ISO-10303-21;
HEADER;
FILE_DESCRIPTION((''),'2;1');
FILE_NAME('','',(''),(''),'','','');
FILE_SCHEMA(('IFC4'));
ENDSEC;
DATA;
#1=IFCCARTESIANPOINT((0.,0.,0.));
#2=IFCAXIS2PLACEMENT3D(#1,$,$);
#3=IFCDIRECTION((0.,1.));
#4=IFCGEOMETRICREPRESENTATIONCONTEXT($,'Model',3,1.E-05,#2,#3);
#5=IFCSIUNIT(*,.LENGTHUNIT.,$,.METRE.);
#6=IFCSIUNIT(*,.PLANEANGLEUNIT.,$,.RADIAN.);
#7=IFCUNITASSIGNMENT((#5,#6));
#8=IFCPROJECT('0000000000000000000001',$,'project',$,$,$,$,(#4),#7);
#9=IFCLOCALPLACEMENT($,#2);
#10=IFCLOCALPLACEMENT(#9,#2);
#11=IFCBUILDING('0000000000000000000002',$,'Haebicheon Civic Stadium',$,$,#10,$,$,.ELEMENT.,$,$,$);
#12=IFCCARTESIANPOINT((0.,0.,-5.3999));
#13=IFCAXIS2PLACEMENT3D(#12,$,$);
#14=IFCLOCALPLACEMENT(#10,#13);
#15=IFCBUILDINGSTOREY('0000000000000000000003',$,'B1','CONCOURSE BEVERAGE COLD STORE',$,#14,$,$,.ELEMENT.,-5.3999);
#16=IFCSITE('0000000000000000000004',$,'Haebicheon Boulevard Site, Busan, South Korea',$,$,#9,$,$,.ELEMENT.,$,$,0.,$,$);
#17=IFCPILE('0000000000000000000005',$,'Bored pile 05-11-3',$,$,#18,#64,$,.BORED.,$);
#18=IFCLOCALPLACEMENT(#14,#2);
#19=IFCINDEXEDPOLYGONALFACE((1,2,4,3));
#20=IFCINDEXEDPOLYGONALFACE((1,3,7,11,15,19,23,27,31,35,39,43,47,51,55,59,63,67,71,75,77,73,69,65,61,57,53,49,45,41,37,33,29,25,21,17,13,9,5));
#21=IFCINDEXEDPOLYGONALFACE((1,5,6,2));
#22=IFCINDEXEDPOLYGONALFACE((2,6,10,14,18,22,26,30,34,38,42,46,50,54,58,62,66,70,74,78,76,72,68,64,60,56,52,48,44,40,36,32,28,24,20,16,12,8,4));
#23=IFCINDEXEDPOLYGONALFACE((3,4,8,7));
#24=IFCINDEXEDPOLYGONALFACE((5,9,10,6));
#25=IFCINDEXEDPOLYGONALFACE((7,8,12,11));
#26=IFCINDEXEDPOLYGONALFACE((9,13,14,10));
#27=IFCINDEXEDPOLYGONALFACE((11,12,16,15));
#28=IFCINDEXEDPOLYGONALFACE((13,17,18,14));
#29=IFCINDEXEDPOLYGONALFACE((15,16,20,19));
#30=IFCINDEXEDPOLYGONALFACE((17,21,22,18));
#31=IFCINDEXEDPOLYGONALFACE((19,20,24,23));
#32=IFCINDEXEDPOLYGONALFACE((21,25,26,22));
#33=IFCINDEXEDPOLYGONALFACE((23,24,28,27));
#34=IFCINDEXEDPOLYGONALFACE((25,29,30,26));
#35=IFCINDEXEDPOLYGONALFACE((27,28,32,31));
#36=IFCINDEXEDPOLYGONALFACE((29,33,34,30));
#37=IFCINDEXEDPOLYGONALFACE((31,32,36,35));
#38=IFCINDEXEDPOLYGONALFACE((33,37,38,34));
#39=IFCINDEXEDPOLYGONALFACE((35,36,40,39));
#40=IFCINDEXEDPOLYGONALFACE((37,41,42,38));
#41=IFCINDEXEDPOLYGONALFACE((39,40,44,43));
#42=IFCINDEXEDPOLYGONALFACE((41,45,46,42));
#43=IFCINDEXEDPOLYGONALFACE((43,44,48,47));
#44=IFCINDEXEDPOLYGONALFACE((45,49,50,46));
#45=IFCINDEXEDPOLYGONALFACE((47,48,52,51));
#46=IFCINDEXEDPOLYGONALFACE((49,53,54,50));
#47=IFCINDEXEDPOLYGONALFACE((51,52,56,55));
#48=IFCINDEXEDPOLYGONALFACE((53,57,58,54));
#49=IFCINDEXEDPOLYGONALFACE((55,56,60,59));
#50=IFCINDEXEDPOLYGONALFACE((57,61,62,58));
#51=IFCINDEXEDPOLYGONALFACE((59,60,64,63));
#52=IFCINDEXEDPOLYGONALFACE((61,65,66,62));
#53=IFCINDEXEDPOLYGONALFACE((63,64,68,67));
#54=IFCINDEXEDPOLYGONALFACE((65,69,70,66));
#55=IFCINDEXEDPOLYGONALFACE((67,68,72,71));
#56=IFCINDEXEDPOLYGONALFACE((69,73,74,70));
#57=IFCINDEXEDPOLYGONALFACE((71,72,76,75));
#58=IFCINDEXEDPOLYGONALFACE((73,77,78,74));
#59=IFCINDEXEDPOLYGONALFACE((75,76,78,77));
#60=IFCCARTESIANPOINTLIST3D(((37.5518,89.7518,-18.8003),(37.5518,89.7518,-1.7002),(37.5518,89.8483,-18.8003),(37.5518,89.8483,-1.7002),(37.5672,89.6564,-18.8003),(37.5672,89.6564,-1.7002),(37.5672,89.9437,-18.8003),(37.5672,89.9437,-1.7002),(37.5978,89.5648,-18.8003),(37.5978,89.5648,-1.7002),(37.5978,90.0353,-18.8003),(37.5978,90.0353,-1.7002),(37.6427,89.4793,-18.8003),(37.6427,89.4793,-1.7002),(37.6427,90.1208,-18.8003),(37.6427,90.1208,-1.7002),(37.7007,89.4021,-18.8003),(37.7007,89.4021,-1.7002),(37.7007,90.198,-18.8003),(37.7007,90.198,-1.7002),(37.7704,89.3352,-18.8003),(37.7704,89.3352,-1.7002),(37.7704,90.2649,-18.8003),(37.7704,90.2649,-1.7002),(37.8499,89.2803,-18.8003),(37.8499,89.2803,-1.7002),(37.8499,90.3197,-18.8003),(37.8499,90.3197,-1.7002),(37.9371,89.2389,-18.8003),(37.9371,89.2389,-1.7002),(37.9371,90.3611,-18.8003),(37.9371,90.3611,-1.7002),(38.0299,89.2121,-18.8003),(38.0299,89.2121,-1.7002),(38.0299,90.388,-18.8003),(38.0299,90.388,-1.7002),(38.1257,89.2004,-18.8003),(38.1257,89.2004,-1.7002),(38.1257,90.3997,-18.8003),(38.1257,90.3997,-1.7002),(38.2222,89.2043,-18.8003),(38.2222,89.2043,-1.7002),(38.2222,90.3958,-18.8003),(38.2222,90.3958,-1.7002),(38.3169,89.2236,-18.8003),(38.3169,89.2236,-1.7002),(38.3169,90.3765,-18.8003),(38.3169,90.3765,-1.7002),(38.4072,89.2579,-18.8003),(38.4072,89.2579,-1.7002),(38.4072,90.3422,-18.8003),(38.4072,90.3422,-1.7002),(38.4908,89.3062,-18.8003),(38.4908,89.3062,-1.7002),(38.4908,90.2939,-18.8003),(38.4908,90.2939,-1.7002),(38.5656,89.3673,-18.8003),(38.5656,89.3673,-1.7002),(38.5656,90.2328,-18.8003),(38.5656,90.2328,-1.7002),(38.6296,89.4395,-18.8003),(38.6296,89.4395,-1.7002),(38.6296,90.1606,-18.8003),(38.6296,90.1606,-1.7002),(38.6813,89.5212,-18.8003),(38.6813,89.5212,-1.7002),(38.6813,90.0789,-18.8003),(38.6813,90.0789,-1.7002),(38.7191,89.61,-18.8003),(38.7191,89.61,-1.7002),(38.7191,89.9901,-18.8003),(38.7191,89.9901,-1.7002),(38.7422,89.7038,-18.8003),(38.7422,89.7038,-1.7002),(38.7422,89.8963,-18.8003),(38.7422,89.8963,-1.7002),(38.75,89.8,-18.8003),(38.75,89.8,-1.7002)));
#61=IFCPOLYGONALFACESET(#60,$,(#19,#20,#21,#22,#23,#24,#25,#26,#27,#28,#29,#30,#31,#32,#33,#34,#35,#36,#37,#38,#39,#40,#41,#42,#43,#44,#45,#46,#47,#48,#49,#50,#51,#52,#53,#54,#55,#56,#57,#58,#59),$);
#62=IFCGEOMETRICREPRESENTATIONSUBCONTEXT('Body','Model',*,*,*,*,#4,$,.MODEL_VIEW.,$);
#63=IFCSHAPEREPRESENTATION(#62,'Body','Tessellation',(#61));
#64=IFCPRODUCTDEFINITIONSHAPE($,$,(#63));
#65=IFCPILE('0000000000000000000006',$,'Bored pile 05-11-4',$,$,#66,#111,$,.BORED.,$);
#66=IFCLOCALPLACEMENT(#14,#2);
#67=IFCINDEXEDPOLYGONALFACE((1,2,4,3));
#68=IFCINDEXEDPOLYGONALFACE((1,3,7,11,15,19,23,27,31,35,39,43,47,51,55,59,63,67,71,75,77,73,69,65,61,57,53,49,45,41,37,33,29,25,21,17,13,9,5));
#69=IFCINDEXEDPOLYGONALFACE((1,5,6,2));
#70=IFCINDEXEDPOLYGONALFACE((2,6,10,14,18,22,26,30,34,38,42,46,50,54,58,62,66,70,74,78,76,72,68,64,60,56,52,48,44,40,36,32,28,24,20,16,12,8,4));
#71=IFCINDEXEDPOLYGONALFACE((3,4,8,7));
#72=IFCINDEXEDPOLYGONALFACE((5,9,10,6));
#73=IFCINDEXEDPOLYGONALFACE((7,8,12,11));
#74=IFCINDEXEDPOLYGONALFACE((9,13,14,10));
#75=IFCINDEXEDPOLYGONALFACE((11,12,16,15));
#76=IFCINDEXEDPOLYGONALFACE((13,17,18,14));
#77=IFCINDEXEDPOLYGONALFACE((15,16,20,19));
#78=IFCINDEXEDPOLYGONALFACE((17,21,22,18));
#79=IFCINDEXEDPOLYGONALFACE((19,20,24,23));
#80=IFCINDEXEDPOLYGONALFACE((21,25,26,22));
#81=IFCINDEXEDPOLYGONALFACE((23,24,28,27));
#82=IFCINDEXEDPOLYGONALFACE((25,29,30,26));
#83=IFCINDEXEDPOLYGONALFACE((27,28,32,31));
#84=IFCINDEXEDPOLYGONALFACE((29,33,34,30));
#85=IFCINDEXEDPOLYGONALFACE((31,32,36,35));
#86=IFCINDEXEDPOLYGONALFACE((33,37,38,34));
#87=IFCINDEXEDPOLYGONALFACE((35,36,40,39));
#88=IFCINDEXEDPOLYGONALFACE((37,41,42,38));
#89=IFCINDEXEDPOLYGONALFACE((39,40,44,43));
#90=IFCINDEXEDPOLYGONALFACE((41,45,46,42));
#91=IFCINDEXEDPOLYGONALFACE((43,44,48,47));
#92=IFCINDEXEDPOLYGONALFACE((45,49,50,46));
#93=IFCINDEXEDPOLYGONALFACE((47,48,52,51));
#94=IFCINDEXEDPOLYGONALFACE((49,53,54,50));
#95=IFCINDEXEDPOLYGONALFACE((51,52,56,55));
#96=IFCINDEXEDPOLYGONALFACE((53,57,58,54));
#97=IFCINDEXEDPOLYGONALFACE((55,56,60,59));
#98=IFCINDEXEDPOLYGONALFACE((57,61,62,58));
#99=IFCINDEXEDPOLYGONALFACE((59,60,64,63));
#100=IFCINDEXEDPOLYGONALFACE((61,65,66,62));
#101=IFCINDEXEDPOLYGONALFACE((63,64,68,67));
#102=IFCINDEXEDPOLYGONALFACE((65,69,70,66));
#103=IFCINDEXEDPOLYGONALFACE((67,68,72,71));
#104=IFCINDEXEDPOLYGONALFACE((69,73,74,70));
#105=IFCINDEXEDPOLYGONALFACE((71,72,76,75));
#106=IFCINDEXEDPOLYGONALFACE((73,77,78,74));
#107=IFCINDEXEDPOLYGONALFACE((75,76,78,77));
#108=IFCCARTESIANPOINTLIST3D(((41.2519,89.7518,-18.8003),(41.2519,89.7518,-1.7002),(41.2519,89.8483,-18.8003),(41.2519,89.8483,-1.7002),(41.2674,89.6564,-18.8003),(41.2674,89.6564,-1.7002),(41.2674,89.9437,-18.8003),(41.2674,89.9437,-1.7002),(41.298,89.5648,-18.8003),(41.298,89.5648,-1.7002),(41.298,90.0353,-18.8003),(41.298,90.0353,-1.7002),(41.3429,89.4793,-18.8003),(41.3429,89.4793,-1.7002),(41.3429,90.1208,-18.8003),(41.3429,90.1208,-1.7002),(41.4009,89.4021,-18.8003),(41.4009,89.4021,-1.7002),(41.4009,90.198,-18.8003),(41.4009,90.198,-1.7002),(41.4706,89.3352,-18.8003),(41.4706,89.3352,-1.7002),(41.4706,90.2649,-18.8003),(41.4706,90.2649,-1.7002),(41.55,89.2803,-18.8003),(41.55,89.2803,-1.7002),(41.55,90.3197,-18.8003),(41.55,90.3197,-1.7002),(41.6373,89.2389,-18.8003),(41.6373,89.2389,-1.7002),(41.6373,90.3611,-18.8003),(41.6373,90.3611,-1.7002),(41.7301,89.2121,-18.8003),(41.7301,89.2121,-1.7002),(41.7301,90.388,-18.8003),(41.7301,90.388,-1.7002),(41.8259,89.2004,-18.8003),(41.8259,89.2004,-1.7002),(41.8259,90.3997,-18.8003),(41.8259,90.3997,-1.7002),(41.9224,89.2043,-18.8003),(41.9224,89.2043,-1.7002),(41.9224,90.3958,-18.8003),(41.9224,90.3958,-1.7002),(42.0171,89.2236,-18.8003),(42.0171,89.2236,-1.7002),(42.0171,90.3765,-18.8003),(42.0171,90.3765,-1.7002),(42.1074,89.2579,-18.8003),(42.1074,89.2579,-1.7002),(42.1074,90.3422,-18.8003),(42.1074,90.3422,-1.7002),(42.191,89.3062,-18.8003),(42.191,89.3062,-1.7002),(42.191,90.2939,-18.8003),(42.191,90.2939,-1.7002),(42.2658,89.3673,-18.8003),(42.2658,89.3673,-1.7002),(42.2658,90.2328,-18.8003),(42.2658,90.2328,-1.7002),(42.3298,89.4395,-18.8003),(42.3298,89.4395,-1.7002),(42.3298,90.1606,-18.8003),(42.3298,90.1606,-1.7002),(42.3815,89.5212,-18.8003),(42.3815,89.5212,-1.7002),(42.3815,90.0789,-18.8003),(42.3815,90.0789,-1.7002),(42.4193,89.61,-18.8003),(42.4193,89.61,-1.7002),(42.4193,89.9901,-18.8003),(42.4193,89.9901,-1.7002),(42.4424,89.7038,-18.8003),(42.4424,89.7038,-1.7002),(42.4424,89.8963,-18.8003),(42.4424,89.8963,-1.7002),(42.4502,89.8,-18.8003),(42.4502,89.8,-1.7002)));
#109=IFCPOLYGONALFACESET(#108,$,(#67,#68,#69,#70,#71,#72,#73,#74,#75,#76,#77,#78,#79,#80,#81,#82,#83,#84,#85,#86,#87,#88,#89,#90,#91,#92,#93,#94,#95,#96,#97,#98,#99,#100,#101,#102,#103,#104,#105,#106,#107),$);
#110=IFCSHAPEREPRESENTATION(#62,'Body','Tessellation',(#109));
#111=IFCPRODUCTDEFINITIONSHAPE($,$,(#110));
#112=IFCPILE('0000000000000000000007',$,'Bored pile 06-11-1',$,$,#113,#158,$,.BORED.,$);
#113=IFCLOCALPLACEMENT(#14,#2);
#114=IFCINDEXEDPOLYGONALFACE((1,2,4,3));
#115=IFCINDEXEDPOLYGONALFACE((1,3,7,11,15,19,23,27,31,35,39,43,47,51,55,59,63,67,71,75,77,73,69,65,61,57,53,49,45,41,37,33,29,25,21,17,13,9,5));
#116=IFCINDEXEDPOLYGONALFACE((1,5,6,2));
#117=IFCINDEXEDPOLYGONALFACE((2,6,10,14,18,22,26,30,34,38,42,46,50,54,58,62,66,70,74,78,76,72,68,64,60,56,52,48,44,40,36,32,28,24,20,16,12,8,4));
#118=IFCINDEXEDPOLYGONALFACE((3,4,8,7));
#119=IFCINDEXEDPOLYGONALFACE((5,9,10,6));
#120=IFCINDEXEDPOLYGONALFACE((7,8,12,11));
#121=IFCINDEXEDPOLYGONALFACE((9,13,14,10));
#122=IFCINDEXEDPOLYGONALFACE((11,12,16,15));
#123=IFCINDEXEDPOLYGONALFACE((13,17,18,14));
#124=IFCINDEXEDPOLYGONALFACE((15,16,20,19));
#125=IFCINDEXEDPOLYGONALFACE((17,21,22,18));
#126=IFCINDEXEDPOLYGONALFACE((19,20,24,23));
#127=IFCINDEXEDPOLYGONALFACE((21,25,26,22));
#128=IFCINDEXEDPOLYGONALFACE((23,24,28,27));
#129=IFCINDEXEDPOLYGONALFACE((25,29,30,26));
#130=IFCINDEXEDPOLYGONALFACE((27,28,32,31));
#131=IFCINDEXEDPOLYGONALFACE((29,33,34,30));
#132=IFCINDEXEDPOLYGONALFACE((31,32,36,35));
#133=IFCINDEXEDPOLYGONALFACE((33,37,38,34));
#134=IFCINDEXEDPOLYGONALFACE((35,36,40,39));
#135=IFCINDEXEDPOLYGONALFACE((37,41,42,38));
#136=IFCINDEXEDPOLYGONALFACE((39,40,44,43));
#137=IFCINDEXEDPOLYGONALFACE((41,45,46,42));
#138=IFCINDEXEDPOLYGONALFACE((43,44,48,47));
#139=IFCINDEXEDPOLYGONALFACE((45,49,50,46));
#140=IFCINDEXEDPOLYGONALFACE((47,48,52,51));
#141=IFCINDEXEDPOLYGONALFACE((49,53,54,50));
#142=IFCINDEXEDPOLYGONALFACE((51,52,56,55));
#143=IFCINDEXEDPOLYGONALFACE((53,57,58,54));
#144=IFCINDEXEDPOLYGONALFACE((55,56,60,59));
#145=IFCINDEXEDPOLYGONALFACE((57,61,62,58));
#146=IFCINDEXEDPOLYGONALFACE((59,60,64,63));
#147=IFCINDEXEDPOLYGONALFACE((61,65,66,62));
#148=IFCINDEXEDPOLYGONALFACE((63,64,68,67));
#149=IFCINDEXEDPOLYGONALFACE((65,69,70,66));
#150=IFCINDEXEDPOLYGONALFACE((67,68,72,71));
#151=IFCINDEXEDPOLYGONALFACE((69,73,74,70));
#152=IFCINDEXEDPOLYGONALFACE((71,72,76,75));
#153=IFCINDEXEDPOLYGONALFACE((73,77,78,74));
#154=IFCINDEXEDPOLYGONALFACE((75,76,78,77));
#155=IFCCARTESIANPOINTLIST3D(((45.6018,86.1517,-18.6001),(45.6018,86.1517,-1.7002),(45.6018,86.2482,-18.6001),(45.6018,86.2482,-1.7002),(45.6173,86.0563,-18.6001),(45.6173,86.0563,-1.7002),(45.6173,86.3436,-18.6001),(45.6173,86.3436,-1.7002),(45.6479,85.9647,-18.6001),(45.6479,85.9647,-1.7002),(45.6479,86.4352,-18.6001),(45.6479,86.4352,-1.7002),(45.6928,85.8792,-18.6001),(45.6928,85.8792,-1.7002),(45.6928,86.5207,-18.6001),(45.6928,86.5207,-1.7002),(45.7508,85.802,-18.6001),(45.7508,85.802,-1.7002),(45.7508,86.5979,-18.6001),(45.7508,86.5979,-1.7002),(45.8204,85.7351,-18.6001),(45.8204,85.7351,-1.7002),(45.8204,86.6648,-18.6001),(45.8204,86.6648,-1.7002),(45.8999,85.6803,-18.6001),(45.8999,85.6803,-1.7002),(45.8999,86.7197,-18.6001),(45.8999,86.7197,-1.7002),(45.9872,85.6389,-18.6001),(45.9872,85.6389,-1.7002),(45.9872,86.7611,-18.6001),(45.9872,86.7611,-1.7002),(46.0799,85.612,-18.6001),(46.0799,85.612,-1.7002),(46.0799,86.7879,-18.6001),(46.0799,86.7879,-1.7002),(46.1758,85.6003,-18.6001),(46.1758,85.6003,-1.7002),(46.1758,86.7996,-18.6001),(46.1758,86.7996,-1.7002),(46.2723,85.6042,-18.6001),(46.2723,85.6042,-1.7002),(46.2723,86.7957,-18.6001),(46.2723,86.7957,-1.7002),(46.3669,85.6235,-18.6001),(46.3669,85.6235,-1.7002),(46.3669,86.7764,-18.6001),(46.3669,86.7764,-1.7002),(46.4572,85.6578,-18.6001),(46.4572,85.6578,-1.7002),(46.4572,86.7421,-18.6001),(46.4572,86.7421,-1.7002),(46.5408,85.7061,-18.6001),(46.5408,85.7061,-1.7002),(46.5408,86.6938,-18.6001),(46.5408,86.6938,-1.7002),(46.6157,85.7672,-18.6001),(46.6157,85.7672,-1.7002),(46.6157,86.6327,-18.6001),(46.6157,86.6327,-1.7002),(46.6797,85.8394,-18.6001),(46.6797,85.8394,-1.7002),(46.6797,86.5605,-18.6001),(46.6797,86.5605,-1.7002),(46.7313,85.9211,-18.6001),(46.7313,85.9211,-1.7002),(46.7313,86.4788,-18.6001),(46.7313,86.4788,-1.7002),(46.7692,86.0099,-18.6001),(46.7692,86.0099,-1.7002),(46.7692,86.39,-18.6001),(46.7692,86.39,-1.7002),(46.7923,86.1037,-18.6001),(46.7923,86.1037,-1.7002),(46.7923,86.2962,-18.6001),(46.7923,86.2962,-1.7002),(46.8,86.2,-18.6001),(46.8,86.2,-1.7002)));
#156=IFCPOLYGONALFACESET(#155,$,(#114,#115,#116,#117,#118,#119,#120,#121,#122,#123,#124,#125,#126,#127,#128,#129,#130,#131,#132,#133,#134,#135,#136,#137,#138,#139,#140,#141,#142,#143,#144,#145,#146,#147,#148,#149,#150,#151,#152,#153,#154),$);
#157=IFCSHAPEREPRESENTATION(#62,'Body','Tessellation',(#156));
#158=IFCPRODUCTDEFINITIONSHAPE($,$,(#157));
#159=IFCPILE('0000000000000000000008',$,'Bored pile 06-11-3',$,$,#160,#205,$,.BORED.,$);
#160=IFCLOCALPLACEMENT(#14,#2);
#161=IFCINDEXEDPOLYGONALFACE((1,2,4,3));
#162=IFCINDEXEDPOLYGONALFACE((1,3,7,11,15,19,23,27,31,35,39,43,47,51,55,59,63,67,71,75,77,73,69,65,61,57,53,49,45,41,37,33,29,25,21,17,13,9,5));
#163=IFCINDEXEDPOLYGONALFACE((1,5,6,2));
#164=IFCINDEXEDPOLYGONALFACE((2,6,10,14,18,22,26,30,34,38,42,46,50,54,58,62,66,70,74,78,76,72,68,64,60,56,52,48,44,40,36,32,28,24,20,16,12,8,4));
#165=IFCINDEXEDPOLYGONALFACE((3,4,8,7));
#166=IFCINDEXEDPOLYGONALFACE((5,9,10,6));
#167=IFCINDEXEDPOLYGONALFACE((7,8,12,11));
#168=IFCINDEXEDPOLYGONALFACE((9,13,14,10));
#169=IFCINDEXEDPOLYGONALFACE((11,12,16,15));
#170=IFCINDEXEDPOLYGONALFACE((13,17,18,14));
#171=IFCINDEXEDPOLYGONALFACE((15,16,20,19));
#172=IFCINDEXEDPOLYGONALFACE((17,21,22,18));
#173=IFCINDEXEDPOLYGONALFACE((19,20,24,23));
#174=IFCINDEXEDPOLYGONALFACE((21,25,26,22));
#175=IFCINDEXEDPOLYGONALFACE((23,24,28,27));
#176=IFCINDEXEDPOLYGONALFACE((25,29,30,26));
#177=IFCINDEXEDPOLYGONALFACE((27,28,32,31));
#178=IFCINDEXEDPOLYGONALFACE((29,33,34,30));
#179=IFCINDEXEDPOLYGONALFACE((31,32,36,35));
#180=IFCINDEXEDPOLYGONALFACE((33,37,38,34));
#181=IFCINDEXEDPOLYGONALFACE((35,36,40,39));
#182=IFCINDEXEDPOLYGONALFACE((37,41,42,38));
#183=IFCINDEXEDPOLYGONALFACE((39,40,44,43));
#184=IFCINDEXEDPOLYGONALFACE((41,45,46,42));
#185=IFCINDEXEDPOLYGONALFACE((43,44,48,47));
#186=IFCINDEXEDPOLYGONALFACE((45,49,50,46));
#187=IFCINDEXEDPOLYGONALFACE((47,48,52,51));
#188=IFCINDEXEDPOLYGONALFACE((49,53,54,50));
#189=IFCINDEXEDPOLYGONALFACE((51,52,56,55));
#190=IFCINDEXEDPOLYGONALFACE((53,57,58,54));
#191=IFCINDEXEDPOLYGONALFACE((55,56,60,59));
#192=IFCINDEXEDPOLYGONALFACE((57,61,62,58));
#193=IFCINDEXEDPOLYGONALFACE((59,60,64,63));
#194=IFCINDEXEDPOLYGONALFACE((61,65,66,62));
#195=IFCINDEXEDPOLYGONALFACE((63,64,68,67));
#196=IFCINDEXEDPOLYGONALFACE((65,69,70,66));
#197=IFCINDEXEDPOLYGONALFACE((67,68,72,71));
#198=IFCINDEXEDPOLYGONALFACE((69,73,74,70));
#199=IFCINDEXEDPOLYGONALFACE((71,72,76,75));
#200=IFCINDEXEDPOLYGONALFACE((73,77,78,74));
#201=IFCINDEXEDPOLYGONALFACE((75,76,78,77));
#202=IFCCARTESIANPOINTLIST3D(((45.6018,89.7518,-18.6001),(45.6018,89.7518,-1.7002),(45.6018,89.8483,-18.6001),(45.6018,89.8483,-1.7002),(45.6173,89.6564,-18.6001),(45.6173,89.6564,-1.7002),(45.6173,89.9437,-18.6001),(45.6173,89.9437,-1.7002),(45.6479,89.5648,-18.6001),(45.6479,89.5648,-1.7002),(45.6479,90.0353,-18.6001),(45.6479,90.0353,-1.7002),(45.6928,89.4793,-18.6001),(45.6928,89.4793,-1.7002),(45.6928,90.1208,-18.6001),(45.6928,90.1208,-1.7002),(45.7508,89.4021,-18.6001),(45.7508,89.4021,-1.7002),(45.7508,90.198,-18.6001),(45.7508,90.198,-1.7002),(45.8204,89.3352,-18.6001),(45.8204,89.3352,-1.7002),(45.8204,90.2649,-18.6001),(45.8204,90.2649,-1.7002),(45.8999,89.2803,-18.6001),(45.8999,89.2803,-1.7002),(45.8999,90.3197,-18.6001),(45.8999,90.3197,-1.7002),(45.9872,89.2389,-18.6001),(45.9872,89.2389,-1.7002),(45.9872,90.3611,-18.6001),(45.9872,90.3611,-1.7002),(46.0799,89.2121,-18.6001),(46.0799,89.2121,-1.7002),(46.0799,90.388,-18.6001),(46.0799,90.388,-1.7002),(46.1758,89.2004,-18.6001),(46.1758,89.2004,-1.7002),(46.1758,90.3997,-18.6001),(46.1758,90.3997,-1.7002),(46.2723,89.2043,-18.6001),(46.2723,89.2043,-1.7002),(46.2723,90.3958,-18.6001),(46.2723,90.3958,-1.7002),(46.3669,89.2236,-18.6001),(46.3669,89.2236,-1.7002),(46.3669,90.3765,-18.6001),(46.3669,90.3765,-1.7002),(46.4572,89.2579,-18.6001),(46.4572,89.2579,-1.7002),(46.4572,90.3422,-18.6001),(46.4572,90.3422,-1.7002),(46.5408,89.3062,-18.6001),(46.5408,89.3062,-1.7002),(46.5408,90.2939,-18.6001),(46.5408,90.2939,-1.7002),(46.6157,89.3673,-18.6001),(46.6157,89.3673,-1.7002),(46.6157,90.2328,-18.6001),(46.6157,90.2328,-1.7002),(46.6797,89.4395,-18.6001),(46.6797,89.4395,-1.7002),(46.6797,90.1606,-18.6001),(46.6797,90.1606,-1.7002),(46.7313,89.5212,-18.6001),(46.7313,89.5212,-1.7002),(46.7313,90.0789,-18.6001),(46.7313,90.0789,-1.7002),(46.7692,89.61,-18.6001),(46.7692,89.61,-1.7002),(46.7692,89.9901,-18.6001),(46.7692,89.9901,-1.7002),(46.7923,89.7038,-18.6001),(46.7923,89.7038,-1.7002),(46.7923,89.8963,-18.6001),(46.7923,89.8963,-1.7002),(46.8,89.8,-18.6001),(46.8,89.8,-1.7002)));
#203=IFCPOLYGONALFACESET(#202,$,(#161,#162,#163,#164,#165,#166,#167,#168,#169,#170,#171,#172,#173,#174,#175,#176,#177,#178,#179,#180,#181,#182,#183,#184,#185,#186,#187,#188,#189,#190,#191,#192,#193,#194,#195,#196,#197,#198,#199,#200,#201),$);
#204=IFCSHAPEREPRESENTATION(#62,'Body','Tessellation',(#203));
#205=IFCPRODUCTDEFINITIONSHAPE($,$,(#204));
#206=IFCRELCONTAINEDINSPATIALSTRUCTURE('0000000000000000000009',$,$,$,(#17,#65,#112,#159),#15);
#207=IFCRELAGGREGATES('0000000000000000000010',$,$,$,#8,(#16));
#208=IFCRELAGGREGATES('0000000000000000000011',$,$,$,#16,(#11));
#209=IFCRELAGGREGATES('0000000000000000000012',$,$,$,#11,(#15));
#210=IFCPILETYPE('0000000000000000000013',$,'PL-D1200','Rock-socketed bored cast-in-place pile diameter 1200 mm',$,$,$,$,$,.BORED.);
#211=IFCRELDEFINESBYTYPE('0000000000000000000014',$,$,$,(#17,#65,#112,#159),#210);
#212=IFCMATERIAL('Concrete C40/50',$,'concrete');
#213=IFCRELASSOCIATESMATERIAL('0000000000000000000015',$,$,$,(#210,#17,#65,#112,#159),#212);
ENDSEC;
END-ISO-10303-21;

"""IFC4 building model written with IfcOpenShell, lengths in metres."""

from ifc_helpers import new_model, si_unit, direction, frame, origin, origin_2d, place, context, subcontext, project, spatial, circle, extrude, material, material_profile, profile_set, type_object, element, save


model = new_model("IFC4")

# Units and contexts
model_context = context("Model", 3, precision=1e-05, world=origin(), true_north=direction((0.0, 1.0)))
body_context = subcontext(model_context, "Body", "Model", "MODEL_VIEW")
ifc_project = project(units=[si_unit("LENGTHUNIT", "METRE"), si_unit("PLANEANGLEUNIT", "RADIAN")], contexts=[model_context])

# Site, building, storey
site_placement = place(None, origin())
site = spatial("IfcSite", under=ifc_project, at=site_placement, Name="Haebicheon Boulevard Site, Busan, South Korea", CompositionType="ELEMENT", RefElevation=0.0)
building_placement = place(site_placement, origin())
building = spatial("IfcBuilding", under=site, at=building_placement, Name="Haebicheon Civic Stadium", CompositionType="ELEMENT")
storey_placement = place(building_placement, frame((0.0, 0.0, -5.3999)))
storey = spatial("IfcBuildingStorey", under=building, at=storey_placement, Name="B1", Description="CONCOURSE BEVERAGE COLD STORE", CompositionType="ELEMENT", Elevation=-5.3999)

# Piles
ifc_material_1 = material(Name="Concrete C40/50", Category="concrete")
ifc_material_profile_1 = material_profile(ifc_material_1, circle(Radius=0.6001, at=origin_2d()), Name="PILE-D1200")
ifc_profile_set_1 = profile_set([ifc_material_profile_1], Name="Concrete C40/50")
pile_type = type_object("IfcPileType", Name="PL-D1200", Description="Rock-socketed bored cast-in-place pile diameter 1200 mm", PredefinedType="BORED", material=ifc_profile_set_1)
for number, where, z_axis, x_axis, name in (
    (1, (38.1499, 89.8, -1.7002), (0.0, 0.0, -1.0), (1.0, 0.0, 0.0), "Bored pile 05-11-3"),
    (2, (41.8501, 89.8, -1.7002), (0.0, 0.0, -1.0), (1.0, 0.0, 0.0), "Bored pile 05-11-4"),
):
    element("IfcPile", number, at=place(storey_placement, frame(where, z_axis=z_axis, x_axis=x_axis)), inside=storey, type_object=pile_type, material=ifc_profile_set_1, Name=name, PredefinedType="BORED", context=body_context, shape_type="SweptSolid", body=[
        extrude(circle(Radius=0.6001, at=origin_2d()), origin(), (0.0, 0.0, 1.0), 17.1001),
    ])
for number, where, z_axis, x_axis, name in (
    (3, (46.2, 86.2, -1.7002), (0.0, 0.0, -1.0), (1.0, 0.0, 0.0), "Bored pile 06-11-1"),
    (4, (46.2, 89.8, -1.7002), (0.0, 0.0, -1.0), (1.0, 0.0, 0.0), "Bored pile 06-11-3"),
):
    element("IfcPile", number, at=place(storey_placement, frame(where, z_axis=z_axis, x_axis=x_axis)), inside=storey, type_object=pile_type, material=ifc_profile_set_1, Name=name, PredefinedType="BORED", context=body_context, shape_type="SweptSolid", body=[
        extrude(circle(Radius=0.6001, at=origin_2d()), origin(), (0.0, 0.0, 1.0), 16.8999),
    ])

save(model, "model.ifc")
